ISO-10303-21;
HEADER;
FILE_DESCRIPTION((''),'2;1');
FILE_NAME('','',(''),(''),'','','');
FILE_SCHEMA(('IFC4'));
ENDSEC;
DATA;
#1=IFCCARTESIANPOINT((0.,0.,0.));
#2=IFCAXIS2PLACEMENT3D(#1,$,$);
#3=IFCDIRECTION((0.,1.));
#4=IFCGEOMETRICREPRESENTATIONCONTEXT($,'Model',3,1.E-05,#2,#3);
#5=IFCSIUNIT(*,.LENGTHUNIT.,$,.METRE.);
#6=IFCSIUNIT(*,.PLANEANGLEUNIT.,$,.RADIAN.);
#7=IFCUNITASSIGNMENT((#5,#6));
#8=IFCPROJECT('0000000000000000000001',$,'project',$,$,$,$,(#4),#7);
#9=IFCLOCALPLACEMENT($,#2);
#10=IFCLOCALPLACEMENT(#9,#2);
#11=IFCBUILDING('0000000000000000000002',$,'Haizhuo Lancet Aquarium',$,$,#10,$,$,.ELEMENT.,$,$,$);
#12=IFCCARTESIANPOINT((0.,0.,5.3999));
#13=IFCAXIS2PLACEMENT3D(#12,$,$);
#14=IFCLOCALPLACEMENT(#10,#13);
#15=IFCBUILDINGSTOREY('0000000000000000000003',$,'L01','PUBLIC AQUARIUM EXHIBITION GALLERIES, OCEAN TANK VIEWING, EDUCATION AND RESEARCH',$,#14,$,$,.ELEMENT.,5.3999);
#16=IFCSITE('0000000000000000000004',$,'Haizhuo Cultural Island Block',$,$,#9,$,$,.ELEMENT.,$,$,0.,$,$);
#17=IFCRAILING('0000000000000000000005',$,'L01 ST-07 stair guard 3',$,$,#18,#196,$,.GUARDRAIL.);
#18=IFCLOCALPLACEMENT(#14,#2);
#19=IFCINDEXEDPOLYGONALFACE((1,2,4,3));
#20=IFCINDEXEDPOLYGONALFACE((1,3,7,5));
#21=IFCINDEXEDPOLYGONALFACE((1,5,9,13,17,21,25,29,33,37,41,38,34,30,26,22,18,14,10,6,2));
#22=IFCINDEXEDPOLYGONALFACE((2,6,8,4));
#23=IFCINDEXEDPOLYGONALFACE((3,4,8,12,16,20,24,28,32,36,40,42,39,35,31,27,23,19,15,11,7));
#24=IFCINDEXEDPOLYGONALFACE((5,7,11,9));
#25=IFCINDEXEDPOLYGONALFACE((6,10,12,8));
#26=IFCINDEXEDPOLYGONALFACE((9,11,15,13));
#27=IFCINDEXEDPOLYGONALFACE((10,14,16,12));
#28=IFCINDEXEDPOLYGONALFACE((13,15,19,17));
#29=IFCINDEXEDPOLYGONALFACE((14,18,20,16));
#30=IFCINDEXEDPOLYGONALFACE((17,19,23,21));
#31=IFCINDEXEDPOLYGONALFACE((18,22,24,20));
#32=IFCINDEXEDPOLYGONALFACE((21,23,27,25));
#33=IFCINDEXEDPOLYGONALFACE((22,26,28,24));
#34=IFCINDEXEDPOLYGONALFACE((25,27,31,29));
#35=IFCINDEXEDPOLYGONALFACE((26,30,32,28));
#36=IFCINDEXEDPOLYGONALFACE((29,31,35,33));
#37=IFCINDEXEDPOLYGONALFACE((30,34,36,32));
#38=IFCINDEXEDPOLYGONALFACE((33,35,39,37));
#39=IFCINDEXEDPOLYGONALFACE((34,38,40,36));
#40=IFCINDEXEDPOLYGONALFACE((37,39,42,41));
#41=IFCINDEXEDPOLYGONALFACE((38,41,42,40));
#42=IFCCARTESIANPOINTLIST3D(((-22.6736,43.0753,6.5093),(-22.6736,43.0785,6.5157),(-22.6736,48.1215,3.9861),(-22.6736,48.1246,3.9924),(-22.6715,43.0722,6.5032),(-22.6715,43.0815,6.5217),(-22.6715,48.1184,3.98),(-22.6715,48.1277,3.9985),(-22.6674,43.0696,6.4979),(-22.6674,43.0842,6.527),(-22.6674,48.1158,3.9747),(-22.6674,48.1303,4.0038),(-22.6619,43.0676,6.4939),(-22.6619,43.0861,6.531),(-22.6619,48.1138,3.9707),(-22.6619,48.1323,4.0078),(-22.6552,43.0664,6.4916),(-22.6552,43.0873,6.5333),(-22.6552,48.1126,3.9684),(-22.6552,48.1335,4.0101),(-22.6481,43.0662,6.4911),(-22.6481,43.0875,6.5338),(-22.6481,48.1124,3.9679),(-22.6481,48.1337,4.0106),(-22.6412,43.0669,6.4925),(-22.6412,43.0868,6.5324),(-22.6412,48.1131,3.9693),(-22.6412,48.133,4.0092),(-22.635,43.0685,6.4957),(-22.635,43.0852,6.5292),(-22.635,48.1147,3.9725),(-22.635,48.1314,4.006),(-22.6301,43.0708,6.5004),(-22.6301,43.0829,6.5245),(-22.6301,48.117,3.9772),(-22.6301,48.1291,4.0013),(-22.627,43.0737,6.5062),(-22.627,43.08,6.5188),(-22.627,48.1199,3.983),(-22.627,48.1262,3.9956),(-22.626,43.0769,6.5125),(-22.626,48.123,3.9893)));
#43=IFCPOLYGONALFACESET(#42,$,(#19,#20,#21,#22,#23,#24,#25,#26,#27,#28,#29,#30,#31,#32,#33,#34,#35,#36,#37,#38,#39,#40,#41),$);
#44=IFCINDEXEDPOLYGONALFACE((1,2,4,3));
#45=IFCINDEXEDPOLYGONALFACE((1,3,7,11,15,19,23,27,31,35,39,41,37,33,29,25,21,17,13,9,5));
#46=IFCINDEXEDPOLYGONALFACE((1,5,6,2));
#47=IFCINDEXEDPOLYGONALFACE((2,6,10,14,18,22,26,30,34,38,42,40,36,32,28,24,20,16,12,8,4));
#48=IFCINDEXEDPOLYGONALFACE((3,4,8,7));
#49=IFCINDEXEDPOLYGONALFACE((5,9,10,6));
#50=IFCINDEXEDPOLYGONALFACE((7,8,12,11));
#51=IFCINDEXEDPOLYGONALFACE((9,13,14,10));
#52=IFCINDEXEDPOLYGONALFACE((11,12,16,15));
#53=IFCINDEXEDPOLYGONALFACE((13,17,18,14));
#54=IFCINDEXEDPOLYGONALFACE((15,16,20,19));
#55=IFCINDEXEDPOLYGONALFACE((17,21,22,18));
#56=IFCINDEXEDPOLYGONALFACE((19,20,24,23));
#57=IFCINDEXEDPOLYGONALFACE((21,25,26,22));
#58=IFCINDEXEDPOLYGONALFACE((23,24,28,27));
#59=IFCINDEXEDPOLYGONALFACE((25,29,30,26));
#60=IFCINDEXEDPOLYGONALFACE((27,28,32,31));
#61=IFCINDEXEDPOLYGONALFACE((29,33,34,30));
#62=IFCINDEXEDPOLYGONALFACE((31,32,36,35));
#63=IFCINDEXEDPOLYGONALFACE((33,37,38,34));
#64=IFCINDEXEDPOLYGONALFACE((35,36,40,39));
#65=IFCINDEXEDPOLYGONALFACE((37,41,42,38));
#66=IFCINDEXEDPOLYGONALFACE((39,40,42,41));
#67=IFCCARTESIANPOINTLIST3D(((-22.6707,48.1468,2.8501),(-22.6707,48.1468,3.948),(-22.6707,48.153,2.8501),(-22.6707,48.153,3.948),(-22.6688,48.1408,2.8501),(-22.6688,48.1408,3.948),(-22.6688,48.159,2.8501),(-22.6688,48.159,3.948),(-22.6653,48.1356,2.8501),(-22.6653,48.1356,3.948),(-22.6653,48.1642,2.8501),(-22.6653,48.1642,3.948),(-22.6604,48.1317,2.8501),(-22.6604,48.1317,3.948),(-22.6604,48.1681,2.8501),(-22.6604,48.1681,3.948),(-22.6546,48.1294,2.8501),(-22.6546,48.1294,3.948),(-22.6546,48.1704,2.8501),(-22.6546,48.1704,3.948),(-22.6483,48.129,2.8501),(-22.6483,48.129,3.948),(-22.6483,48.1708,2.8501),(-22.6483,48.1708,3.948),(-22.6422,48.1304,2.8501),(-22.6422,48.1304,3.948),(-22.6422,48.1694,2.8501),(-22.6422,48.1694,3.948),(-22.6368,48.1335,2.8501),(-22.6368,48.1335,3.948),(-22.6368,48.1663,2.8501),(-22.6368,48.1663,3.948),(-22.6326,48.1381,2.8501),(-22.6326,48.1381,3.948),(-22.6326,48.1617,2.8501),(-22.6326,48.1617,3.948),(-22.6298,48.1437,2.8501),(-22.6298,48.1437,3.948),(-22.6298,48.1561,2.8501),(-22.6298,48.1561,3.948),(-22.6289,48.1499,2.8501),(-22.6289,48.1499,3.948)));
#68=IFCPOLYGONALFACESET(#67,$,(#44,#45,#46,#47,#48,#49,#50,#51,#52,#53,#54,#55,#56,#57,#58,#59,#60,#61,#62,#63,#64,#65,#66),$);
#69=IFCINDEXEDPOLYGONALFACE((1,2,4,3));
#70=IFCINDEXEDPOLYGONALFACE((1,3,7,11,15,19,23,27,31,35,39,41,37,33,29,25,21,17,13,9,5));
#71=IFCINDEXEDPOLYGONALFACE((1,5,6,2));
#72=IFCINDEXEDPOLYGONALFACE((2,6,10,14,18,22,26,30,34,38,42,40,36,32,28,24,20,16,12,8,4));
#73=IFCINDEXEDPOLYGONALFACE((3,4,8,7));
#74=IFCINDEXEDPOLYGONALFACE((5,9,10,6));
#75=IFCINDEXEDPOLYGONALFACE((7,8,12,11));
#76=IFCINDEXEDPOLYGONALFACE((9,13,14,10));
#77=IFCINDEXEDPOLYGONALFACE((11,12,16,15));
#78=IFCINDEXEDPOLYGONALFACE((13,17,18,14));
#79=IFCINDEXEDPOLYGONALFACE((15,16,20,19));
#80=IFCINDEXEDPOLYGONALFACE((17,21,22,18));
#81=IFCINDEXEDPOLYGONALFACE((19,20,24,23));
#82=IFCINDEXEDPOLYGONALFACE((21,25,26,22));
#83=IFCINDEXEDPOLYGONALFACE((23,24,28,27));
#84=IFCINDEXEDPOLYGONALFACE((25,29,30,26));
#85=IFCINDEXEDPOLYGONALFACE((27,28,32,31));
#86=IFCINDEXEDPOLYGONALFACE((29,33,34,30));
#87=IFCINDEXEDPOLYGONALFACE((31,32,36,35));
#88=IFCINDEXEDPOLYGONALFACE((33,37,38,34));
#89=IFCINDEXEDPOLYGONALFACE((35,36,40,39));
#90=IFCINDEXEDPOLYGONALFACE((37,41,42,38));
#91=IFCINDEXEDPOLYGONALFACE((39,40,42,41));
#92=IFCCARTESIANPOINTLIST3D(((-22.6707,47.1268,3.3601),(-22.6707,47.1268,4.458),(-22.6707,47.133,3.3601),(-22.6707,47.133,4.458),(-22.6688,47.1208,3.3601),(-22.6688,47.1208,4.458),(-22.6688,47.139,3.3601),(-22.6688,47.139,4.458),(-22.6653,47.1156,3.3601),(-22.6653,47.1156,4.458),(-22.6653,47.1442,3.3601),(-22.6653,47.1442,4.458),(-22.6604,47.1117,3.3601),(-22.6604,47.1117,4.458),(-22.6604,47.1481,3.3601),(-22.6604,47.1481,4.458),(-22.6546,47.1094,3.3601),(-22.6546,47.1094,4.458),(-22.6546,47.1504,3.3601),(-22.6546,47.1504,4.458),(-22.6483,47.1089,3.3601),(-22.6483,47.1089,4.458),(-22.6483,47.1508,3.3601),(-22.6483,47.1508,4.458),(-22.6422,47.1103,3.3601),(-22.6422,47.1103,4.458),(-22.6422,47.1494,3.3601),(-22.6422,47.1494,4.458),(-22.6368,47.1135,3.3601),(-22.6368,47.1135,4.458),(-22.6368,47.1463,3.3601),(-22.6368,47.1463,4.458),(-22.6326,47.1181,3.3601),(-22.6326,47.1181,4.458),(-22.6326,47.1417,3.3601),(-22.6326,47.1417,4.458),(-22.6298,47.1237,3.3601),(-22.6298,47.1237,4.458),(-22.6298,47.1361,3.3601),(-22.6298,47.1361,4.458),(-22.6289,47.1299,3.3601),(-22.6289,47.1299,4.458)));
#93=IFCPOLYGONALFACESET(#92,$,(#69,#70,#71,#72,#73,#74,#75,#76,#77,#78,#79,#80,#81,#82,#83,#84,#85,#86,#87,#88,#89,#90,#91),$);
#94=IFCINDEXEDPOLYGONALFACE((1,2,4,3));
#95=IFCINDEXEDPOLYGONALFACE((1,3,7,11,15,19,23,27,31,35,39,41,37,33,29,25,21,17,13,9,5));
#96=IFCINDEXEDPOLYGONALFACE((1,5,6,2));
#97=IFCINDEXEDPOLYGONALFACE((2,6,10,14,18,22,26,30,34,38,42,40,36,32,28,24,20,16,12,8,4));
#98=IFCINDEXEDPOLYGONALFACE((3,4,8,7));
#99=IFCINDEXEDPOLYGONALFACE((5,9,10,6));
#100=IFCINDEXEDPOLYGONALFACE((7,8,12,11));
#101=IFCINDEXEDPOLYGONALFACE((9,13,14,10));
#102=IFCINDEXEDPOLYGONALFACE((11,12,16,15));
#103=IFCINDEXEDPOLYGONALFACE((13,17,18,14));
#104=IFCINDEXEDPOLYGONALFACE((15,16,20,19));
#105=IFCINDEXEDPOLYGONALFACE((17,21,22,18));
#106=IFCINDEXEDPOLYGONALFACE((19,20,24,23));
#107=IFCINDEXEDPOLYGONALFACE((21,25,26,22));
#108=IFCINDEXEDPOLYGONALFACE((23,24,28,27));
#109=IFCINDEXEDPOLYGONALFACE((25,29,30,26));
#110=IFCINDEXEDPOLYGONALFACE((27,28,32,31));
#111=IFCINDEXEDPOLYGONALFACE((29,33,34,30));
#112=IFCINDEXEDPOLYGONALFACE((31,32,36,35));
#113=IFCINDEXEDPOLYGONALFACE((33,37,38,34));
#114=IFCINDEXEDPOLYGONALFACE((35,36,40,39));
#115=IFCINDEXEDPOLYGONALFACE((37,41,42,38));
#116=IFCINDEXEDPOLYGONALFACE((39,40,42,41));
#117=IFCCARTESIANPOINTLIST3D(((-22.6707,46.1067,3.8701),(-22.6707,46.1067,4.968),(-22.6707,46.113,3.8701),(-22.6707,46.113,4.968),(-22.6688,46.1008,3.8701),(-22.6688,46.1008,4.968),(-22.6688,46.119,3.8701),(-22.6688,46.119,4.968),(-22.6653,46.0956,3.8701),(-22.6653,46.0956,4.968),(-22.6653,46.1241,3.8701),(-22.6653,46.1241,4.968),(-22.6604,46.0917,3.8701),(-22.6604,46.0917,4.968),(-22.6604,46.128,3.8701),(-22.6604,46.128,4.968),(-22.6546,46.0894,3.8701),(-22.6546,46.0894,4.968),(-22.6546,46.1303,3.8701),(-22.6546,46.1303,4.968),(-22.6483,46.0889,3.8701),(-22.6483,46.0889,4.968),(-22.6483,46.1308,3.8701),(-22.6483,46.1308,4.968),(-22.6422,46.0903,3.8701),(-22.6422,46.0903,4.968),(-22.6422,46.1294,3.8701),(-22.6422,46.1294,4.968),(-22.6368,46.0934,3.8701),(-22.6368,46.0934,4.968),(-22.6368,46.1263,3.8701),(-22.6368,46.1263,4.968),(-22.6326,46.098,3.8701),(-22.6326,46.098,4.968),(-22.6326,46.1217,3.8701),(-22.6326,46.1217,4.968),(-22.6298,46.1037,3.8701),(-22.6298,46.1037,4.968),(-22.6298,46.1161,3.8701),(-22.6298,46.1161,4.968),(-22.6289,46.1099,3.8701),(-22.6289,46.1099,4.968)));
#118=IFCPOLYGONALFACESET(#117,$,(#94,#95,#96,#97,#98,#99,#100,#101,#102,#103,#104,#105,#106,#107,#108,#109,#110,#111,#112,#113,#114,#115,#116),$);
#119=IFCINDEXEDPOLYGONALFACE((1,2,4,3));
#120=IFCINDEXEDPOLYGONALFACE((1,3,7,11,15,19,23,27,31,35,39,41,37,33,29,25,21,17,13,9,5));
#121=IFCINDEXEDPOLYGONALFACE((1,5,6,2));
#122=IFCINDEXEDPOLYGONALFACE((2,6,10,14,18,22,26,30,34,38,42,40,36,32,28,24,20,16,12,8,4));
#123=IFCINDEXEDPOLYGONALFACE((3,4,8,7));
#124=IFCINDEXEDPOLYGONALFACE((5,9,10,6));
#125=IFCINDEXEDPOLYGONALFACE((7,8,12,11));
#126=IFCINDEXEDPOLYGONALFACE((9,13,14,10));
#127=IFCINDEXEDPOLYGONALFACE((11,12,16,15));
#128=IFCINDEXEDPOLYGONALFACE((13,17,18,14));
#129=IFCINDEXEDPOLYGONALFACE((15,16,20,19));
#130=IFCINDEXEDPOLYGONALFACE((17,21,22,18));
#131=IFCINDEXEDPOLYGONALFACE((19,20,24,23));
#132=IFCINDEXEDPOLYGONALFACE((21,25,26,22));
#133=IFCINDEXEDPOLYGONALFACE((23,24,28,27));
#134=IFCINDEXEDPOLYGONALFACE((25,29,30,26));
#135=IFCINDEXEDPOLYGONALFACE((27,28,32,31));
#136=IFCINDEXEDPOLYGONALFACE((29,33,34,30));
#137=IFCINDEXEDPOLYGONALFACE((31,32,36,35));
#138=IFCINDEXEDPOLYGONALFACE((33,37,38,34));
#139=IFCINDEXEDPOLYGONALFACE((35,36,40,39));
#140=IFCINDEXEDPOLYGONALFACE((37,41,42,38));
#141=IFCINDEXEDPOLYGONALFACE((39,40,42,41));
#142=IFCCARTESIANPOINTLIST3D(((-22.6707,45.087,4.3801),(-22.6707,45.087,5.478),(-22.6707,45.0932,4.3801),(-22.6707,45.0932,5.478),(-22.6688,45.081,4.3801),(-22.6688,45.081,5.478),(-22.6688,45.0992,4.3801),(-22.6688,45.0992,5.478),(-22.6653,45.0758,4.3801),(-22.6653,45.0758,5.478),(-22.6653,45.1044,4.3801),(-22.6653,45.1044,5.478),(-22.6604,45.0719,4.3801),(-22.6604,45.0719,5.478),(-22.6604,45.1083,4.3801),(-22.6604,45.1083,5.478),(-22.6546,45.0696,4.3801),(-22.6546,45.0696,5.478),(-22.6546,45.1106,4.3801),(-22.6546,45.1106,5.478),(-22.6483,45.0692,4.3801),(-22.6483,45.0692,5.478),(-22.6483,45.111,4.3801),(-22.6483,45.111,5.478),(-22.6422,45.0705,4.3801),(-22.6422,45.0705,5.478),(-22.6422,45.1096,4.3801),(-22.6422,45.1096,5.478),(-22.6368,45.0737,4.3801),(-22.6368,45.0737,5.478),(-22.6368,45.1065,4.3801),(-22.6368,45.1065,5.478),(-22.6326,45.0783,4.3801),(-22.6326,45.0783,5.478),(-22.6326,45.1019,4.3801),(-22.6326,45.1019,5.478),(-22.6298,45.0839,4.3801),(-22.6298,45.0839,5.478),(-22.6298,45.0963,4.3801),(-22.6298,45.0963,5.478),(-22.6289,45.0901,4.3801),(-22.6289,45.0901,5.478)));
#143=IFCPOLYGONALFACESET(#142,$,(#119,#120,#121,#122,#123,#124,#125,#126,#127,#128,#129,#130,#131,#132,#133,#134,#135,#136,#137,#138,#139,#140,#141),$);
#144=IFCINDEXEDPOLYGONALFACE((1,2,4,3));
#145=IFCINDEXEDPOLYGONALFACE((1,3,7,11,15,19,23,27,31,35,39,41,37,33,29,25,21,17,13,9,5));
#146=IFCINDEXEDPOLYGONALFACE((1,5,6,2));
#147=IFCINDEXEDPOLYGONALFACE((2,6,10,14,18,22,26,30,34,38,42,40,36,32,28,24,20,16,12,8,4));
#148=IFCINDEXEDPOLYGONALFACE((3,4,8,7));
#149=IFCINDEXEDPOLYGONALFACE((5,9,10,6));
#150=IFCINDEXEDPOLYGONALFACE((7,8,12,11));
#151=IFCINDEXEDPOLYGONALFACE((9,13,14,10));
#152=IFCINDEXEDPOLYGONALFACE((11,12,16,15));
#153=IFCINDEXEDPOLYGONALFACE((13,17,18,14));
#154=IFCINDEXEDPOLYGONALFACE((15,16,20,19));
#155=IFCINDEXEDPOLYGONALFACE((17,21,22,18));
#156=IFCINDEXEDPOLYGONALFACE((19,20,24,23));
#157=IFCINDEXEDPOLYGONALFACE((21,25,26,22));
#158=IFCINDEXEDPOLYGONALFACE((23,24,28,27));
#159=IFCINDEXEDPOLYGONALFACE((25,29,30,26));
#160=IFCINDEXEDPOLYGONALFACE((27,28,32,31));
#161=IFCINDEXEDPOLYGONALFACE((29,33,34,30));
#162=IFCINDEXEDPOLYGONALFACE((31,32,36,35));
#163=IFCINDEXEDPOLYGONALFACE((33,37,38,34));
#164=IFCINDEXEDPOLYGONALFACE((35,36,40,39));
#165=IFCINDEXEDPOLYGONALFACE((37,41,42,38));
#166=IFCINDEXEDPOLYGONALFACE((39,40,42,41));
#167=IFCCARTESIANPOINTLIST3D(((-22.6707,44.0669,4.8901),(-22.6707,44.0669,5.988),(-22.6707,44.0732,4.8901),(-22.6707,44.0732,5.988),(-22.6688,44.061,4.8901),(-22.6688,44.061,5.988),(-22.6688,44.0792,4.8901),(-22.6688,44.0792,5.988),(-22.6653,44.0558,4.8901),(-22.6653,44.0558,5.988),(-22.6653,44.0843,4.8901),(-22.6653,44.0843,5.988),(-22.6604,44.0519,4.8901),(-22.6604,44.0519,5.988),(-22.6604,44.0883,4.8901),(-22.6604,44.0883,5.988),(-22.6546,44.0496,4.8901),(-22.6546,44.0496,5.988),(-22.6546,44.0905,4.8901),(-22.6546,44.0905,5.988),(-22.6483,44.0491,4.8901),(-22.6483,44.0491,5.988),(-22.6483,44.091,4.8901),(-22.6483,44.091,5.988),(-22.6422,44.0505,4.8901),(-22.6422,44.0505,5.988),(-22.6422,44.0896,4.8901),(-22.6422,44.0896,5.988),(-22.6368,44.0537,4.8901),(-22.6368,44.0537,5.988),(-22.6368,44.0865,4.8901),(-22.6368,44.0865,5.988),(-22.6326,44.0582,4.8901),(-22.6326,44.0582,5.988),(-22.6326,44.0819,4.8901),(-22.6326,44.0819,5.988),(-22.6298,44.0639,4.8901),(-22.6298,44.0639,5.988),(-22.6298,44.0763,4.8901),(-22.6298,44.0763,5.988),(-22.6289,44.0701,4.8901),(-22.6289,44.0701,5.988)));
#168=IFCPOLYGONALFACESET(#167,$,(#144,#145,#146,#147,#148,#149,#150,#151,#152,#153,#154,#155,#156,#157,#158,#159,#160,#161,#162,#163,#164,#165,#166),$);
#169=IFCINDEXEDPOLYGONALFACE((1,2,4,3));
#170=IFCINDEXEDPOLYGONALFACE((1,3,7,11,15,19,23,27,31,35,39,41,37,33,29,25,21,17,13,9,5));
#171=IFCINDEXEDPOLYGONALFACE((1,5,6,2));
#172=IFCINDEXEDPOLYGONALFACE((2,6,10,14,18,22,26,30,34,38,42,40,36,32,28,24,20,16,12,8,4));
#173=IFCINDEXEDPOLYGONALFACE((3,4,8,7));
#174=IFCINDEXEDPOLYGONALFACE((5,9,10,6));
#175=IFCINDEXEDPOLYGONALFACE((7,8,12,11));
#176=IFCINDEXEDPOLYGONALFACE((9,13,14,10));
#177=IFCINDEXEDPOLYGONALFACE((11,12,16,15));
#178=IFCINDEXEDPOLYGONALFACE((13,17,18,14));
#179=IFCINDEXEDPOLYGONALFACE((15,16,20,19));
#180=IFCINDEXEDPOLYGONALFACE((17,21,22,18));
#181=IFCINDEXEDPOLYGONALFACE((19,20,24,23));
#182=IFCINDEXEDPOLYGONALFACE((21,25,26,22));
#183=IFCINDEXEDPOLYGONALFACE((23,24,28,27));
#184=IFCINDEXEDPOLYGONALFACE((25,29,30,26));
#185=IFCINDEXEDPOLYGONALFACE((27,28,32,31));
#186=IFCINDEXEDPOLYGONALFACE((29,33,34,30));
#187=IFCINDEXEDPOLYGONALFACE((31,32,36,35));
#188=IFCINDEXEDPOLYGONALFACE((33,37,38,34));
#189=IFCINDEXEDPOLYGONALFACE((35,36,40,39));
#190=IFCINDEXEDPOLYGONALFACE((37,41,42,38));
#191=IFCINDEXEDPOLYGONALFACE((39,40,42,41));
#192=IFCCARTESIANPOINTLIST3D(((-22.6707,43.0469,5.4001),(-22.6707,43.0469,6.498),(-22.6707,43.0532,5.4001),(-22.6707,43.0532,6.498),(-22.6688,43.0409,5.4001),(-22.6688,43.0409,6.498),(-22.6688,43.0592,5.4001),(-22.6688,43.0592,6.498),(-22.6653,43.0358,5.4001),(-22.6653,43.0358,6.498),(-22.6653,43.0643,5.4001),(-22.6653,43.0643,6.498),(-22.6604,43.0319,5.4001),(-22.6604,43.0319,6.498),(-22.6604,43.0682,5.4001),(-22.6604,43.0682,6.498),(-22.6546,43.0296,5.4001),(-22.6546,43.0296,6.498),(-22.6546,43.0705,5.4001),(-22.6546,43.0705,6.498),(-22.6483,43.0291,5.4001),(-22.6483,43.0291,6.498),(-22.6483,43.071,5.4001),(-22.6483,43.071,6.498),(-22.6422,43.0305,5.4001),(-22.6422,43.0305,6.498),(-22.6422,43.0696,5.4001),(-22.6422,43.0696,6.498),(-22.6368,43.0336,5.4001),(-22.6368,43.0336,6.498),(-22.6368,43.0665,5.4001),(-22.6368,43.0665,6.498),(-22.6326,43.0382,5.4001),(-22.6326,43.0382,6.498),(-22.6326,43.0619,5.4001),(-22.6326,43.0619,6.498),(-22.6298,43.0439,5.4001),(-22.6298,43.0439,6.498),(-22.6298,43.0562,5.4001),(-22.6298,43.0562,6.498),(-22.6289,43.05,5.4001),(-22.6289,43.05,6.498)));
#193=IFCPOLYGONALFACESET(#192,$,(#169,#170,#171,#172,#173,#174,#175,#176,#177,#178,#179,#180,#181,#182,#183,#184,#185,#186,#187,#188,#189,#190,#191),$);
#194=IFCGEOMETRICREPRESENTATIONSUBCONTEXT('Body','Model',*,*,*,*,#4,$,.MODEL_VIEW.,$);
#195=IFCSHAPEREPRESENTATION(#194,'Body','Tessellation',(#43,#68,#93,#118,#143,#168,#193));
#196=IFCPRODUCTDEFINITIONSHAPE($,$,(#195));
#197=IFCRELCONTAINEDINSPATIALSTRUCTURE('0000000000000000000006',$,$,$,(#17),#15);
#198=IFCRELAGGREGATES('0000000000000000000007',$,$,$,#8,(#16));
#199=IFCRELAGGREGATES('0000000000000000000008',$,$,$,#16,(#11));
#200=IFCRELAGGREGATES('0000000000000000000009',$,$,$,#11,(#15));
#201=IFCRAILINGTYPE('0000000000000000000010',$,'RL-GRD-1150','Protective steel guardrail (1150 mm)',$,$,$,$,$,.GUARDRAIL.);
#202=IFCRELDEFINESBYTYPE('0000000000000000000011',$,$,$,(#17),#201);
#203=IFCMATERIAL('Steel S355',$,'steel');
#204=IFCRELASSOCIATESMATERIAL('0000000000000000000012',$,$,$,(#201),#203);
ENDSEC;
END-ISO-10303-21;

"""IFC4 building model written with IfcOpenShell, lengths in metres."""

from ifc_helpers import new_model, si_unit, direction, frame, origin, origin_2d, place, context, subcontext, project, spatial, circle, extrude, material, type_object, element, save


model = new_model("IFC4")

# Units and contexts
model_context = context("Model", 3, precision=1e-05, world=origin(), true_north=direction((0.0, 1.0)))
body_context = subcontext(model_context, "Body", "Model", "MODEL_VIEW")
ifc_project = project(units=[si_unit("LENGTHUNIT", "METRE"), si_unit("PLANEANGLEUNIT", "RADIAN")], contexts=[model_context])

# Site, building, storey
site_placement = place(None, origin())
site = spatial("IfcSite", under=ifc_project, at=site_placement, Name="Haizhuo Cultural Island Block", CompositionType="ELEMENT", RefElevation=0.0)
building_placement = place(site_placement, origin())
building = spatial("IfcBuilding", under=site, at=building_placement, Name="Haizhuo Lancet Aquarium", CompositionType="ELEMENT")
storey_placement = place(building_placement, frame((0.0, 0.0, 5.3999)))
storey = spatial("IfcBuildingStorey", under=building, at=storey_placement, Name="L01", Description="PUBLIC AQUARIUM EXHIBITION GALLERIES, OCEAN TANK VIEWING, EDUCATION AND RESEARCH", CompositionType="ELEMENT", Elevation=5.3999)

# Shared definitions
ifc_material_1 = material(Name="Steel S355", Category="steel")

# Railing
railing_type_1 = type_object("IfcRailingType", Name="RL-GRD-1150", Description="Protective steel guardrail (1150 mm)", PredefinedType="GUARDRAIL", material=ifc_material_1)
railing_1_placement = place(storey_placement, frame((-22.6499, 48.1499, 2.8501)))
element("IfcRailing", 1, at=railing_1_placement, inside=storey, type_object=railing_type_1, Name="L01 ST-07 stair guard 3", PredefinedType="GUARDRAIL", context=body_context, shape_type="SweptSolid", body=[
    extrude(circle(Radius=0.0239, at=origin_2d()), frame((0.0, -0.0269, 1.1392), z_axis=(0.0, -0.894419, 0.447231), x_axis=(1.0, 0.0, 0.0)), (0.0, 0.0, 1.0), 5.6418),
    extrude(circle(Radius=0.021, at=origin_2d()), origin(), (0.0, 0.0, 1.0), 1.0979),
    extrude(circle(Radius=0.021, at=origin_2d()), frame((0.0, -1.02, 0.51)), (0.0, 0.0, 1.0), 1.0979),
    extrude(circle(Radius=0.021, at=origin_2d()), frame((0.0, -2.04, 1.02)), (0.0, 0.0, 1.0), 1.0979),
    extrude(circle(Radius=0.021, at=origin_2d()), frame((0.0, -3.0598, 1.53)), (0.0, 0.0, 1.0), 1.0979),
    extrude(circle(Radius=0.021, at=origin_2d()), frame((0.0, -4.0798, 2.04)), (0.0, 0.0, 1.0), 1.0979),
    extrude(circle(Radius=0.021, at=origin_2d()), frame((0.0, -5.0999, 2.55)), (0.0, 0.0, 1.0), 1.0979),
])

save(model, "model.ifc")
